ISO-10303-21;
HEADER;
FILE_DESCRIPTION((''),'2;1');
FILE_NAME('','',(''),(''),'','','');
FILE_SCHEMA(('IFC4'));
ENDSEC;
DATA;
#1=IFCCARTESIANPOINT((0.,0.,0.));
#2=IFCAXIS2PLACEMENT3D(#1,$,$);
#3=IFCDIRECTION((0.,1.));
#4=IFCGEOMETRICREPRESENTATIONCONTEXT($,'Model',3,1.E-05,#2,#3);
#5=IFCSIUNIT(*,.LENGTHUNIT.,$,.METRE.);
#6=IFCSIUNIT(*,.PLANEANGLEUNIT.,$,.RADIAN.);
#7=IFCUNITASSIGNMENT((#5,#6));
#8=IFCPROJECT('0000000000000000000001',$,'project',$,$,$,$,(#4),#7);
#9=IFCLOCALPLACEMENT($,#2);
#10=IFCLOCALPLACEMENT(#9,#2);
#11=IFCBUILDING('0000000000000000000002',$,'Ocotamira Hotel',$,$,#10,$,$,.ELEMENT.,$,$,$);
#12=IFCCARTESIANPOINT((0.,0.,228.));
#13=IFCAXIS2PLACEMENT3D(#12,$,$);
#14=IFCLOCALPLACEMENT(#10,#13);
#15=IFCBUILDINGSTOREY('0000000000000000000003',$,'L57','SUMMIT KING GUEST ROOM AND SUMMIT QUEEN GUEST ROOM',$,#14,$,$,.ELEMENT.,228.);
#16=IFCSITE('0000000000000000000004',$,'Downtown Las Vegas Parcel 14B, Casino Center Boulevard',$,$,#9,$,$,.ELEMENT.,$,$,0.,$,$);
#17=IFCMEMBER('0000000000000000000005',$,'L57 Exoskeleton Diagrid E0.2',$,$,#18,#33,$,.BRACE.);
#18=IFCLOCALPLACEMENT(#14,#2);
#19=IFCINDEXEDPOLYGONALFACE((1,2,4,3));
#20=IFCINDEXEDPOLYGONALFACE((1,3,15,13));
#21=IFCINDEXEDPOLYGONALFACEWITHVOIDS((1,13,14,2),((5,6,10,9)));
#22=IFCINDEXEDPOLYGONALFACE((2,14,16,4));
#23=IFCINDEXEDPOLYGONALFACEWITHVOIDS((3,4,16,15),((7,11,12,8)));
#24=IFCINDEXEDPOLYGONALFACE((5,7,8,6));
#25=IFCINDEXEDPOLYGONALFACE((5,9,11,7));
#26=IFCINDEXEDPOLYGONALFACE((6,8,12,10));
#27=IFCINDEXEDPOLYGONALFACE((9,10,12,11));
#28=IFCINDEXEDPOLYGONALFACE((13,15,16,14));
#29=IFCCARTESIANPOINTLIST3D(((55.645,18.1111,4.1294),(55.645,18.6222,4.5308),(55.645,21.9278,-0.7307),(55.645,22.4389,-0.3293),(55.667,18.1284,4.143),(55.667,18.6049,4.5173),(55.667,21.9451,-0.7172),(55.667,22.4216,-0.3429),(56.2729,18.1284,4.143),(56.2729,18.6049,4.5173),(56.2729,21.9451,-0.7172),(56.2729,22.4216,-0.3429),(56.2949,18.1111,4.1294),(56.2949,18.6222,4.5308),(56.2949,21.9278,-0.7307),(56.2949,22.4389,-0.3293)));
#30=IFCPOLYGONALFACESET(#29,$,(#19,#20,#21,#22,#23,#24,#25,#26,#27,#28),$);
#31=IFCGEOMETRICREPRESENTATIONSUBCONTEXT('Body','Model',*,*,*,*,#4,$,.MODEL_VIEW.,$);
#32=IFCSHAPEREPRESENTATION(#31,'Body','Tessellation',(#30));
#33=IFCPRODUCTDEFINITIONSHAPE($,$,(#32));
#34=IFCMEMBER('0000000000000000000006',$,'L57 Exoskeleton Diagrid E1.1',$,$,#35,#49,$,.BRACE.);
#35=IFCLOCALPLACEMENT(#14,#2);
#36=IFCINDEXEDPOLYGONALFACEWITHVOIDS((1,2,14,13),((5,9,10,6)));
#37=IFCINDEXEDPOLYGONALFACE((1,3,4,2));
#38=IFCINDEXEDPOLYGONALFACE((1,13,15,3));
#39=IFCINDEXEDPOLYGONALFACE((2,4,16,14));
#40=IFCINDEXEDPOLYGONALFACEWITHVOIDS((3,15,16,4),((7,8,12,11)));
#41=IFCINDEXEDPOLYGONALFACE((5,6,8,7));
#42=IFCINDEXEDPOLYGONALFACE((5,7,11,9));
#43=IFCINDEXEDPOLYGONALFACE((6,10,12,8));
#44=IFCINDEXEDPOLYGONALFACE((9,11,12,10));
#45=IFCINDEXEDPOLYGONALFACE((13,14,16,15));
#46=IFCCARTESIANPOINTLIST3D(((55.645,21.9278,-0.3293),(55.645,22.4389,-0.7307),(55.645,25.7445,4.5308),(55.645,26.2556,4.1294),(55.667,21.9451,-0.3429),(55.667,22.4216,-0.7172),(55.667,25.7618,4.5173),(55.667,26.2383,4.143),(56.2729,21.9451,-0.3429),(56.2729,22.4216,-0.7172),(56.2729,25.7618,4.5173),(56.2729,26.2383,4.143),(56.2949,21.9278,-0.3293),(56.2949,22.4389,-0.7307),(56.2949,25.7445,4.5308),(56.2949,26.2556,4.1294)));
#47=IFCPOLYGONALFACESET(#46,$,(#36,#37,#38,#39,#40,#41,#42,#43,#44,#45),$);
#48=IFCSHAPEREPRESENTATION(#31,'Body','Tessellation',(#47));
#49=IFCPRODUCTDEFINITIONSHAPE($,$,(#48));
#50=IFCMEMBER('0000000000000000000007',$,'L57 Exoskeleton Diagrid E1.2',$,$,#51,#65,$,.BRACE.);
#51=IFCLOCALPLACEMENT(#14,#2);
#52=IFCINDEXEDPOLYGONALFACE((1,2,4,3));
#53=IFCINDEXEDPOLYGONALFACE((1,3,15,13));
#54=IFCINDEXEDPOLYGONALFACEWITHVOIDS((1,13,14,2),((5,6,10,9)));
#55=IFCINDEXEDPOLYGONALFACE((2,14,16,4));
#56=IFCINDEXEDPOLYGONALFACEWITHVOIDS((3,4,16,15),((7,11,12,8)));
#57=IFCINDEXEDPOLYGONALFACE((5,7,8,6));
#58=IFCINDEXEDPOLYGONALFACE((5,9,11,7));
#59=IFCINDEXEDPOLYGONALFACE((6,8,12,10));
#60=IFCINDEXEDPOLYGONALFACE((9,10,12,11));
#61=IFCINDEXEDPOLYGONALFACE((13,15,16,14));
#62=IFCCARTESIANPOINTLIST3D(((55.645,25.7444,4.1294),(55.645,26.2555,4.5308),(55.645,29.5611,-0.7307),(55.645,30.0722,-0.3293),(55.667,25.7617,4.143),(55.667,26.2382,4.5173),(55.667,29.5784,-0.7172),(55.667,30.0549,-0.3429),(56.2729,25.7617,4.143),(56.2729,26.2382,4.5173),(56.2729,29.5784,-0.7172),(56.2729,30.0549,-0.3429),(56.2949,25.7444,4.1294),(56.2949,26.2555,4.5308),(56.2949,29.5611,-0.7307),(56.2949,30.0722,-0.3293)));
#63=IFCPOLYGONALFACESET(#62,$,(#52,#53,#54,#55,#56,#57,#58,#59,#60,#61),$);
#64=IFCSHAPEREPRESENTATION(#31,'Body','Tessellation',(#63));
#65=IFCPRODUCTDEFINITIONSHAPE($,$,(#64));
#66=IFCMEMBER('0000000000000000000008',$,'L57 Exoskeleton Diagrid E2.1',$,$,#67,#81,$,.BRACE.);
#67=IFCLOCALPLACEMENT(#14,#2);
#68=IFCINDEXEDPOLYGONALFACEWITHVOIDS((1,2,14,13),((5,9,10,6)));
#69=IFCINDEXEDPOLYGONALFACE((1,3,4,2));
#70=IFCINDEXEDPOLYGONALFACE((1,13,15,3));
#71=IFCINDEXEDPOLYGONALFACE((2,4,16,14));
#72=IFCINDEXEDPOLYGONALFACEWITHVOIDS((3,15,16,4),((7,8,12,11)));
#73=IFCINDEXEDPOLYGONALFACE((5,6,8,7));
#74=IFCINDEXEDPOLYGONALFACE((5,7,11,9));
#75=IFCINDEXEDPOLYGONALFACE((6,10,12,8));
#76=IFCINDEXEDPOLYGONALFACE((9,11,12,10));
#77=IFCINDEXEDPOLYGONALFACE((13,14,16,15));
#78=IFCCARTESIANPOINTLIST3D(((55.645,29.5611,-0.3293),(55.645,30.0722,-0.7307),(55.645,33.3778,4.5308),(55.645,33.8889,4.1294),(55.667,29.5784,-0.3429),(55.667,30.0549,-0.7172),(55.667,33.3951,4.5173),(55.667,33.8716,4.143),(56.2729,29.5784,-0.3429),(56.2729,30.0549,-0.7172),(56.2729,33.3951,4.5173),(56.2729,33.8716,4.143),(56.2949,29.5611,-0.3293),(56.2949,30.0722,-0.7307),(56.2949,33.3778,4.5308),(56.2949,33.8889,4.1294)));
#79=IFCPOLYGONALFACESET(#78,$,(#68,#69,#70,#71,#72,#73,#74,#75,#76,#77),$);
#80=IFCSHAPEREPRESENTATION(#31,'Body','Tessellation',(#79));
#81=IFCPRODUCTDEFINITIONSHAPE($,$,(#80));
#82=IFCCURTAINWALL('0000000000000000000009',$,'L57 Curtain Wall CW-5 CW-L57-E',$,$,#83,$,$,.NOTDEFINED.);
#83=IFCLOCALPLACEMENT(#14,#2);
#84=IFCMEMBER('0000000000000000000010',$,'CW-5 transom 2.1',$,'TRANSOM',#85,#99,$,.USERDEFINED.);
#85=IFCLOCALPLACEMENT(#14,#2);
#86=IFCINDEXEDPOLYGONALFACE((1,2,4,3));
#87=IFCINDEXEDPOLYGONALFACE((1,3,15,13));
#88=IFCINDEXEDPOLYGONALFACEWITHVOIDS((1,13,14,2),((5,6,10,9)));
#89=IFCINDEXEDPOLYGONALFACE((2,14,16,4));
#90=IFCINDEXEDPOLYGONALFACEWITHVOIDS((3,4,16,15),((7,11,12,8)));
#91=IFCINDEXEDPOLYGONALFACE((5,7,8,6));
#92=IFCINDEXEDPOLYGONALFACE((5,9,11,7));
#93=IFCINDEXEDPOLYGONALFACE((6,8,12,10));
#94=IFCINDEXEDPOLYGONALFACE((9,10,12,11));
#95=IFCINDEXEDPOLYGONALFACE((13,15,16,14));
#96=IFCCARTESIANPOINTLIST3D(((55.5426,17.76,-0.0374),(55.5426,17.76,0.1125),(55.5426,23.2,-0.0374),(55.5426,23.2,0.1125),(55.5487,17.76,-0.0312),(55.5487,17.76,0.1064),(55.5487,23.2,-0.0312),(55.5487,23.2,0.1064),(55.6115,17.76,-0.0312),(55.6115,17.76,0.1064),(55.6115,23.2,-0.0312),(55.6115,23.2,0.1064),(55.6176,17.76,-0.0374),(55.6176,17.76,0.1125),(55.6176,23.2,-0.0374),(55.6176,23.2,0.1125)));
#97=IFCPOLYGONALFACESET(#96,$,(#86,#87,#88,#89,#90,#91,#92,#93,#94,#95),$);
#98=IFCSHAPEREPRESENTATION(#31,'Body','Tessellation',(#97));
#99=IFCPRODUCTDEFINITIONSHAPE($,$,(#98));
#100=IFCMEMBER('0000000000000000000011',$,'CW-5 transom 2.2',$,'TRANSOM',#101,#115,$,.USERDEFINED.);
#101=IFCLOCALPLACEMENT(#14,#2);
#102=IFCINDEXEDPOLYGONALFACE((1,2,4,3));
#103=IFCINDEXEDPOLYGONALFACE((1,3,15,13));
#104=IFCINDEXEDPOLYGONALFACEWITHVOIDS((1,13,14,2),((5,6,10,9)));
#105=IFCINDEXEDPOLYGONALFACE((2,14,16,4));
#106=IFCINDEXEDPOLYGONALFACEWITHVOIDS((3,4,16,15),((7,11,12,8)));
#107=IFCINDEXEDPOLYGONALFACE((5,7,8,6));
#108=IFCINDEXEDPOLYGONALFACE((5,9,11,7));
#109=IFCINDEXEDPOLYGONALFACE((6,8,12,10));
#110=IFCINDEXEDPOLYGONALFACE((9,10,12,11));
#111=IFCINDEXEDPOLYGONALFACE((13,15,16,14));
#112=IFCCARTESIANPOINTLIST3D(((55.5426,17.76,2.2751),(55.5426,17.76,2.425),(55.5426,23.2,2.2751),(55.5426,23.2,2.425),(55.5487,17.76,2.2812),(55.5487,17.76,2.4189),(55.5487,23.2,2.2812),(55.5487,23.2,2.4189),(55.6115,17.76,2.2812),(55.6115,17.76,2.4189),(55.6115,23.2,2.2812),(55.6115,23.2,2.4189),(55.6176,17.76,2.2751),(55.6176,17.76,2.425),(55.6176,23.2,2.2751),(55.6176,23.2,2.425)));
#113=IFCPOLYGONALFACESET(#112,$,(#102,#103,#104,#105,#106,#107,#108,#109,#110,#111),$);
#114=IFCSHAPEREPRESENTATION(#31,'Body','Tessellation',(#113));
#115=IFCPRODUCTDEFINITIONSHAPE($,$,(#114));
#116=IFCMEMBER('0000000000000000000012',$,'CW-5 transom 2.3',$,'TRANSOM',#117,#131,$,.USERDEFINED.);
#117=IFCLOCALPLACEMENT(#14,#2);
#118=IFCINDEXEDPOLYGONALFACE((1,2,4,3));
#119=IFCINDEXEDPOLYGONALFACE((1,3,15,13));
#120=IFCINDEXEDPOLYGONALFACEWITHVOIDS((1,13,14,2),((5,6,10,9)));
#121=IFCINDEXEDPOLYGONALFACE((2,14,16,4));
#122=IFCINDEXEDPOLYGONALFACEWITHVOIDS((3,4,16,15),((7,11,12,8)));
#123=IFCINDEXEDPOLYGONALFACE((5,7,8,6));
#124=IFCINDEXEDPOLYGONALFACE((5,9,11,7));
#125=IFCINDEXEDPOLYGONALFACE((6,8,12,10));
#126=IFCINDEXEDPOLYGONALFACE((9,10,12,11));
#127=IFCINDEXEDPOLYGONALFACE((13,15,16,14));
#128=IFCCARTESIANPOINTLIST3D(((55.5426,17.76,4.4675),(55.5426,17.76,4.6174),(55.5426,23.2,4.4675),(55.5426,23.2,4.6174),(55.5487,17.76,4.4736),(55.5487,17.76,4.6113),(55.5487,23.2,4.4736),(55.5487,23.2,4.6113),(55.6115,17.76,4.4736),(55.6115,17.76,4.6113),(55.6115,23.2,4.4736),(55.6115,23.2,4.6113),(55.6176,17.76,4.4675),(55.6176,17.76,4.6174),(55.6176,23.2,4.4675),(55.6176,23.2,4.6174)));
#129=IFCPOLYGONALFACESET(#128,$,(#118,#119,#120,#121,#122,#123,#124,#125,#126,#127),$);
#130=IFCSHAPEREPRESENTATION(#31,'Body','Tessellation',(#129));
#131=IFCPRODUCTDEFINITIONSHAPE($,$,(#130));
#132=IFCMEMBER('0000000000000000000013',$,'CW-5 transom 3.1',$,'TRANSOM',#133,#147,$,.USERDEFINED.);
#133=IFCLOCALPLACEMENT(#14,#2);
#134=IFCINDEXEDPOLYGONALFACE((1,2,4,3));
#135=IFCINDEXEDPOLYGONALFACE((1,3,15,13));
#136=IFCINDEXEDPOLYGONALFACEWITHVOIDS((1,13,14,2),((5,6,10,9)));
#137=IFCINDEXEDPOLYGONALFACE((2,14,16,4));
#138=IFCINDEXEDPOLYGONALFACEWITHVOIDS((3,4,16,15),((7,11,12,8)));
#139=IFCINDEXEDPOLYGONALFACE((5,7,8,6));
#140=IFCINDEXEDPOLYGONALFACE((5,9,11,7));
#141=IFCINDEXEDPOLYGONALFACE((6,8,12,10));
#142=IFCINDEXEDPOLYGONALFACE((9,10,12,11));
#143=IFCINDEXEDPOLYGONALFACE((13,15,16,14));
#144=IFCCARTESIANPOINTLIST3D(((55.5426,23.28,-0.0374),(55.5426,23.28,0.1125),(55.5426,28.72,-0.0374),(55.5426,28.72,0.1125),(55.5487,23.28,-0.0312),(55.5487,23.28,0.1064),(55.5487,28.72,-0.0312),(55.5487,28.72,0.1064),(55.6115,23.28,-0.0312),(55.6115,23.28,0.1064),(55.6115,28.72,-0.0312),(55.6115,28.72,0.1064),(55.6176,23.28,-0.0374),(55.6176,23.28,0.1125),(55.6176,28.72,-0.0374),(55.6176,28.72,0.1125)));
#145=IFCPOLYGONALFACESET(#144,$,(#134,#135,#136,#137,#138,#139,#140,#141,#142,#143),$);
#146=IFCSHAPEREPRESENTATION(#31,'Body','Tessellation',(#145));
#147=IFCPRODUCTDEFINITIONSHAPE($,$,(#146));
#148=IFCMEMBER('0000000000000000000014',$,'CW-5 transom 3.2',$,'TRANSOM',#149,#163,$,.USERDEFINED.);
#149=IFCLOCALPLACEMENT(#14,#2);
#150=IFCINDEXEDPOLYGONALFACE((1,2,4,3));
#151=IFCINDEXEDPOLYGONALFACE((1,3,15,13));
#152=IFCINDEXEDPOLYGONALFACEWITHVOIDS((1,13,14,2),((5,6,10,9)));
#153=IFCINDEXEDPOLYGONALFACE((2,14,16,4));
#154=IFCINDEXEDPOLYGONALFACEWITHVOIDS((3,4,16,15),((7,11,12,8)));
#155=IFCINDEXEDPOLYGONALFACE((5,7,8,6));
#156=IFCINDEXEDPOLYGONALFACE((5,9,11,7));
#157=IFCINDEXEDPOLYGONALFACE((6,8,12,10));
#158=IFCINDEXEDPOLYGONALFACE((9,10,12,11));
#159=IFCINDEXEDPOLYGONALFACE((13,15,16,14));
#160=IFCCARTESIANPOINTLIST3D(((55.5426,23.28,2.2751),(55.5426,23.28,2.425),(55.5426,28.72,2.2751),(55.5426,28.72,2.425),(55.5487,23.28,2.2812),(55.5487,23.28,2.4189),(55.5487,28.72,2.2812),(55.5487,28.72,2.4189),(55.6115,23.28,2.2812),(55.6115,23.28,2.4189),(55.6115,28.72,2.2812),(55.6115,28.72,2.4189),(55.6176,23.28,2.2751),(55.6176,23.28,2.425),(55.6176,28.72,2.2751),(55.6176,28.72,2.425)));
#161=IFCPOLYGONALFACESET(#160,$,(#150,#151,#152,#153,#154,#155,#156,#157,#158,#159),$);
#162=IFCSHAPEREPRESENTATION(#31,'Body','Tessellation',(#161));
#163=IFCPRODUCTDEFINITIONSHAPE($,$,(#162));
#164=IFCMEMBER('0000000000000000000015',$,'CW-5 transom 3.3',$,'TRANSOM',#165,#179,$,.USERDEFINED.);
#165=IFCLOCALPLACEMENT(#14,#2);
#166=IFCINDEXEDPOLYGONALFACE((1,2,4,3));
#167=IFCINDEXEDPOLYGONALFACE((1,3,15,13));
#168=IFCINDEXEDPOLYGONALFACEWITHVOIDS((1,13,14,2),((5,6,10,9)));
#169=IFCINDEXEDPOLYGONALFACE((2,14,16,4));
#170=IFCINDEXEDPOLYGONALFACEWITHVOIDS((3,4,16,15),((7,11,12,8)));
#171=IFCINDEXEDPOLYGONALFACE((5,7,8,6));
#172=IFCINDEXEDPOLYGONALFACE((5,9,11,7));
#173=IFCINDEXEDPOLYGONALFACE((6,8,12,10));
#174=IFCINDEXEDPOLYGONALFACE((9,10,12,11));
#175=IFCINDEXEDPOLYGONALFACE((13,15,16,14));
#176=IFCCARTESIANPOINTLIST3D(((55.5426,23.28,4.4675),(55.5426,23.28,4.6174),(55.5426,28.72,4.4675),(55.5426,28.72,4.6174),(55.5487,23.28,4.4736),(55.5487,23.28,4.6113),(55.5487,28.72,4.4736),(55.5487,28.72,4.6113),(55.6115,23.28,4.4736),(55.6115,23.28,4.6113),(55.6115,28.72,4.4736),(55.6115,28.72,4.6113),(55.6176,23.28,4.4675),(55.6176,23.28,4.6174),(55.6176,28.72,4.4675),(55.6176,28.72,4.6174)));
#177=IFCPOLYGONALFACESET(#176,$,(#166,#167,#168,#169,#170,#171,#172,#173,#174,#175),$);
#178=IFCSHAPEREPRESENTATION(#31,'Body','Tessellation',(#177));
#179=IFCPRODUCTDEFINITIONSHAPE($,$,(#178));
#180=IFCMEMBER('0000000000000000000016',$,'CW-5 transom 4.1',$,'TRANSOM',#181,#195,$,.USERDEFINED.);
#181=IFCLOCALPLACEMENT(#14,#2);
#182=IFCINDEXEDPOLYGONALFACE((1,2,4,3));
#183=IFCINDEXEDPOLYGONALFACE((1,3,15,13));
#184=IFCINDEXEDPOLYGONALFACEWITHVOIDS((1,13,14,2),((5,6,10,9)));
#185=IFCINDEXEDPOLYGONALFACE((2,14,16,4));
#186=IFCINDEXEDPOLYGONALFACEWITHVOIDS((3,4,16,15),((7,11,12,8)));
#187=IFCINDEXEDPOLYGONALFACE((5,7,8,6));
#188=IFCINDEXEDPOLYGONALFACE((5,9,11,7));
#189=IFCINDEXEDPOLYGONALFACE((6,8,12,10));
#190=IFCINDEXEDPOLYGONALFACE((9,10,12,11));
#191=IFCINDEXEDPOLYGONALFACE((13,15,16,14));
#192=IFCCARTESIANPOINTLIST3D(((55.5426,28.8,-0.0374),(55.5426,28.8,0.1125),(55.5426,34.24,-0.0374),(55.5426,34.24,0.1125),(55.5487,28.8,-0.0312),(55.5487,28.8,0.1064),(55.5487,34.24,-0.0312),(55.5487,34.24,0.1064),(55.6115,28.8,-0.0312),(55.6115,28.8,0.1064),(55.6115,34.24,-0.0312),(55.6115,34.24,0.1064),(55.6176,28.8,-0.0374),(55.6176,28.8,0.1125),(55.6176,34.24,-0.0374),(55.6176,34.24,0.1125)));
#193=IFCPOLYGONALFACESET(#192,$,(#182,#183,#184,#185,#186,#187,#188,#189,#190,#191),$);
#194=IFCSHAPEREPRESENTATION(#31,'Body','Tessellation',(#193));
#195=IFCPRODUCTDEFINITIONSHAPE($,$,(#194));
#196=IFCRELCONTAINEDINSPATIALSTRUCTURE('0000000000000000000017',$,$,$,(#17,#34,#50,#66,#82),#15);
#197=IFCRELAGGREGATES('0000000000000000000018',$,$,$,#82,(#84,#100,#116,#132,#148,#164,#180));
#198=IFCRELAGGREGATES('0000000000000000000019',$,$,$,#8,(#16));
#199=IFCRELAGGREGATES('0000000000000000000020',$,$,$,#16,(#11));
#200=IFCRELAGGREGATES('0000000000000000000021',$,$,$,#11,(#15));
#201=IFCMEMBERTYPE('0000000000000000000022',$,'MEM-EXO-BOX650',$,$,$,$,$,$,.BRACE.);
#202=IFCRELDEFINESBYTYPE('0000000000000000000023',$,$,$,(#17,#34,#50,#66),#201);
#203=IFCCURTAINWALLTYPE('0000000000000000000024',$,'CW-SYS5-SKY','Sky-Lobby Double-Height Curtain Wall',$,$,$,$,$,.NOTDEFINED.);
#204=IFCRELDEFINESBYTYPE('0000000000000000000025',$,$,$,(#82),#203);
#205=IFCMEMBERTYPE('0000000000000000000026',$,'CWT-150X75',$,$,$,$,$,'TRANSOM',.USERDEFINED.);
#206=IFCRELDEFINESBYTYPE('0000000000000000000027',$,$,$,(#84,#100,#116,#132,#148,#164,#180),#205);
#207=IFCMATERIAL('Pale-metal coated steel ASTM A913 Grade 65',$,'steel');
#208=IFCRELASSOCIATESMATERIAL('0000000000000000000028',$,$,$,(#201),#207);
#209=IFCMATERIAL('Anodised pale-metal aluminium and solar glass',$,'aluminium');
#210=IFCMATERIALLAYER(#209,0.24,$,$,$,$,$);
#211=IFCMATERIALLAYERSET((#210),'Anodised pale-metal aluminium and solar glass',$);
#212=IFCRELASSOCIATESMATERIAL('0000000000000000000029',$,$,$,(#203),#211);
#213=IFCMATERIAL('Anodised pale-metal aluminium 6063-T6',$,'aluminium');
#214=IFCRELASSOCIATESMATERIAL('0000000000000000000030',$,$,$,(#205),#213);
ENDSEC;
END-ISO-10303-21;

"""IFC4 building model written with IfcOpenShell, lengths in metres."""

from ifc_helpers import new_model, si_unit, direction, frame, origin, origin_2d, place, context, subcontext, project, spatial, hollow_rectangle, extrude, source, transform, mapped, material, layer, layer_set, material_profile, profile_set, type_object, element, aggregate, save


model = new_model("IFC4")

# Units and contexts
model_context = context("Model", 3, precision=1e-05, world=origin(), true_north=direction((0.0, 1.0)))
body_context = subcontext(model_context, "Body", "Model", "MODEL_VIEW")
ifc_project = project(units=[si_unit("LENGTHUNIT", "METRE"), si_unit("PLANEANGLEUNIT", "RADIAN")], contexts=[model_context])

# Site, building, storey
site_placement = place(None, origin())
site = spatial("IfcSite", under=ifc_project, at=site_placement, Name="Downtown Las Vegas Parcel 14B, Casino Center Boulevard", CompositionType="ELEMENT", RefElevation=0.0)
building_placement = place(site_placement, origin())
building = spatial("IfcBuilding", under=site, at=building_placement, Name="Ocotamira Hotel", CompositionType="ELEMENT")
storey_placement = place(building_placement, frame((0.0, 0.0, 228.0)))
storey = spatial("IfcBuildingStorey", under=building, at=storey_placement, Name="L57", Description="SUMMIT KING GUEST ROOM AND SUMMIT QUEEN GUEST ROOM", CompositionType="ELEMENT", Elevation=228.0)

# Members
ifc_material_1 = material(Name="Pale-metal coated steel ASTM A913 Grade 65", Category="steel")
ifc_material_profile_1 = material_profile(ifc_material_1, hollow_rectangle(XDim=0.6499, YDim=0.6499, WallThickness=0.022, at=origin_2d()), Name="BOX650X650X22")
ifc_profile_set_1 = profile_set([ifc_material_profile_1], Name="Pale-metal coated steel ASTM A913 Grade 65")
member_type_1 = type_object("IfcMemberType", Name="MEM-EXO-BOX650", PredefinedType="BRACE", material=ifc_profile_set_1)
shared_shape_1 = source(origin(), body_context, "Body", "SweptSolid", [
    extrude(hollow_rectangle(XDim=0.6499, YDim=0.6499, WallThickness=0.022, at=origin_2d()), origin(), (0.0, 0.0, 1.0), 6.1797),
])
for number, where, z_axis, x_axis, name in (
    (1, (55.97, 22.1833, -0.53), (0.0, -0.617621, 0.786476), (1.0, 0.0, 0.0), "L57 Exoskeleton Diagrid E0.2"),
    (2, (55.97, 22.1833, -0.53), (0.0, 0.617621, 0.786476), (-1.0, 0.0, 0.0), "L57 Exoskeleton Diagrid E1.1"),
    (3, (55.97, 29.8167, -0.53), (0.0, -0.617621, 0.786476), (1.0, 0.0, 0.0), "L57 Exoskeleton Diagrid E1.2"),
    (4, (55.97, 29.8167, -0.53), (0.0, 0.617621, 0.786476), (-1.0, 0.0, 0.0), "L57 Exoskeleton Diagrid E2.1"),
):
    element("IfcMember", number, at=place(storey_placement, frame(where, z_axis=z_axis, x_axis=x_axis)), inside=storey, type_object=member_type_1, Name=name, PredefinedType="BRACE", context=body_context, shape_type="MappedRepresentation", body=[
        mapped(shared_shape_1, transform((0.0, 0.0, 0.0), scale=1.0)),
    ])

# Curtain wall, members
ifc_material_2 = material(Name="Anodised pale-metal aluminium and solar glass", Category="aluminium")
ifc_layer_1 = layer(ifc_material_2, 0.24)
ifc_layer_set_1 = layer_set([ifc_layer_1], Name="Anodised pale-metal aluminium and solar glass")
curtain_wall_type = type_object("IfcCurtainWallType", Name="CW-SYS5-SKY", Description="Sky-Lobby Double-Height Curtain Wall", PredefinedType="NOTDEFINED", material=ifc_layer_set_1)
curtain_wall_placement = place(storey_placement, origin())
curtain_wall = element("IfcCurtainWall", 5, at=curtain_wall_placement, inside=storey, type_object=curtain_wall_type, Name="L57 Curtain Wall CW-5 CW-L57-E", PredefinedType="NOTDEFINED")
ifc_material_3 = material(Name="Anodised pale-metal aluminium 6063-T6", Category="aluminium")
ifc_material_profile_2 = material_profile(ifc_material_3, hollow_rectangle(XDim=0.075, YDim=0.1499, WallThickness=0.0061, at=origin_2d()), Name="HSS150X75X6")
ifc_profile_set_2 = profile_set([ifc_material_profile_2], Name="Anodised pale-metal aluminium 6063-T6")
member_type_2 = type_object("IfcMemberType", Name="CWT-150X75", ElementType="TRANSOM", PredefinedType="USERDEFINED", material=ifc_profile_set_2)
shared_shape_2 = source(origin(), body_context, "Body", "SweptSolid", [
    extrude(hollow_rectangle(XDim=0.075, YDim=0.1499, WallThickness=0.0061, at=origin_2d()), origin(), (0.0, 0.0, 1.0), 5.4399),
])
member_1_placement = place(storey_placement, frame((55.5801, 17.76, 0.0376), z_axis=(0.0, 1.0, 0.0), x_axis=(-1.0, 0.0, 0.0)))
member_1 = element("IfcMember", 6, at=member_1_placement, type_object=member_type_2, Name="CW-5 transom 2.1", ObjectType="TRANSOM", PredefinedType="USERDEFINED", context=body_context, shape_type="MappedRepresentation", body=[
    mapped(shared_shape_2, transform((0.0, 0.0, 0.0), scale=1.0)),
])
member_2_placement = place(storey_placement, frame((55.5801, 17.76, 2.3501), z_axis=(0.0, 1.0, 0.0), x_axis=(-1.0, 0.0, 0.0)))
member_2 = element("IfcMember", 7, at=member_2_placement, type_object=member_type_2, Name="CW-5 transom 2.2", ObjectType="TRANSOM", PredefinedType="USERDEFINED", context=body_context, shape_type="MappedRepresentation", body=[
    mapped(shared_shape_2, transform((0.0, 0.0, 0.0), scale=1.0)),
])
member_3_placement = place(storey_placement, frame((55.5801, 17.76, 4.5425), z_axis=(0.0, 1.0, 0.0), x_axis=(-1.0, 0.0, 0.0)))
member_3 = element("IfcMember", 8, at=member_3_placement, type_object=member_type_2, Name="CW-5 transom 2.3", ObjectType="TRANSOM", PredefinedType="USERDEFINED", context=body_context, shape_type="MappedRepresentation", body=[
    mapped(shared_shape_2, transform((0.0, 0.0, 0.0), scale=1.0)),
])
member_4_placement = place(storey_placement, frame((55.5801, 23.28, 0.0376), z_axis=(0.0, 1.0, 0.0), x_axis=(-1.0, 0.0, 0.0)))
member_4 = element("IfcMember", 9, at=member_4_placement, type_object=member_type_2, Name="CW-5 transom 3.1", ObjectType="TRANSOM", PredefinedType="USERDEFINED", context=body_context, shape_type="MappedRepresentation", body=[
    mapped(shared_shape_2, transform((0.0, 0.0, 0.0), scale=1.0)),
])
member_5_placement = place(storey_placement, frame((55.5801, 23.28, 2.3501), z_axis=(0.0, 1.0, 0.0), x_axis=(-1.0, 0.0, 0.0)))
member_5 = element("IfcMember", 10, at=member_5_placement, type_object=member_type_2, Name="CW-5 transom 3.2", ObjectType="TRANSOM", PredefinedType="USERDEFINED", context=body_context, shape_type="MappedRepresentation", body=[
    mapped(shared_shape_2, transform((0.0, 0.0, 0.0), scale=1.0)),
])
member_6_placement = place(storey_placement, frame((55.5801, 23.28, 4.5425), z_axis=(0.0, 1.0, 0.0), x_axis=(-1.0, 0.0, 0.0)))
member_6 = element("IfcMember", 11, at=member_6_placement, type_object=member_type_2, Name="CW-5 transom 3.3", ObjectType="TRANSOM", PredefinedType="USERDEFINED", context=body_context, shape_type="MappedRepresentation", body=[
    mapped(shared_shape_2, transform((0.0, 0.0, 0.0), scale=1.0)),
])
member_7_placement = place(storey_placement, frame((55.5801, 28.8, 0.0376), z_axis=(0.0, 1.0, 0.0), x_axis=(-1.0, 0.0, 0.0)))
member_7 = element("IfcMember", 12, at=member_7_placement, type_object=member_type_2, Name="CW-5 transom 4.1", ObjectType="TRANSOM", PredefinedType="USERDEFINED", context=body_context, shape_type="MappedRepresentation", body=[
    mapped(shared_shape_2, transform((0.0, 0.0, 0.0), scale=1.0)),
])

aggregate(curtain_wall, [member_1, member_2, member_3, member_4, member_5, member_6, member_7])

save(model, "model.ifc")
